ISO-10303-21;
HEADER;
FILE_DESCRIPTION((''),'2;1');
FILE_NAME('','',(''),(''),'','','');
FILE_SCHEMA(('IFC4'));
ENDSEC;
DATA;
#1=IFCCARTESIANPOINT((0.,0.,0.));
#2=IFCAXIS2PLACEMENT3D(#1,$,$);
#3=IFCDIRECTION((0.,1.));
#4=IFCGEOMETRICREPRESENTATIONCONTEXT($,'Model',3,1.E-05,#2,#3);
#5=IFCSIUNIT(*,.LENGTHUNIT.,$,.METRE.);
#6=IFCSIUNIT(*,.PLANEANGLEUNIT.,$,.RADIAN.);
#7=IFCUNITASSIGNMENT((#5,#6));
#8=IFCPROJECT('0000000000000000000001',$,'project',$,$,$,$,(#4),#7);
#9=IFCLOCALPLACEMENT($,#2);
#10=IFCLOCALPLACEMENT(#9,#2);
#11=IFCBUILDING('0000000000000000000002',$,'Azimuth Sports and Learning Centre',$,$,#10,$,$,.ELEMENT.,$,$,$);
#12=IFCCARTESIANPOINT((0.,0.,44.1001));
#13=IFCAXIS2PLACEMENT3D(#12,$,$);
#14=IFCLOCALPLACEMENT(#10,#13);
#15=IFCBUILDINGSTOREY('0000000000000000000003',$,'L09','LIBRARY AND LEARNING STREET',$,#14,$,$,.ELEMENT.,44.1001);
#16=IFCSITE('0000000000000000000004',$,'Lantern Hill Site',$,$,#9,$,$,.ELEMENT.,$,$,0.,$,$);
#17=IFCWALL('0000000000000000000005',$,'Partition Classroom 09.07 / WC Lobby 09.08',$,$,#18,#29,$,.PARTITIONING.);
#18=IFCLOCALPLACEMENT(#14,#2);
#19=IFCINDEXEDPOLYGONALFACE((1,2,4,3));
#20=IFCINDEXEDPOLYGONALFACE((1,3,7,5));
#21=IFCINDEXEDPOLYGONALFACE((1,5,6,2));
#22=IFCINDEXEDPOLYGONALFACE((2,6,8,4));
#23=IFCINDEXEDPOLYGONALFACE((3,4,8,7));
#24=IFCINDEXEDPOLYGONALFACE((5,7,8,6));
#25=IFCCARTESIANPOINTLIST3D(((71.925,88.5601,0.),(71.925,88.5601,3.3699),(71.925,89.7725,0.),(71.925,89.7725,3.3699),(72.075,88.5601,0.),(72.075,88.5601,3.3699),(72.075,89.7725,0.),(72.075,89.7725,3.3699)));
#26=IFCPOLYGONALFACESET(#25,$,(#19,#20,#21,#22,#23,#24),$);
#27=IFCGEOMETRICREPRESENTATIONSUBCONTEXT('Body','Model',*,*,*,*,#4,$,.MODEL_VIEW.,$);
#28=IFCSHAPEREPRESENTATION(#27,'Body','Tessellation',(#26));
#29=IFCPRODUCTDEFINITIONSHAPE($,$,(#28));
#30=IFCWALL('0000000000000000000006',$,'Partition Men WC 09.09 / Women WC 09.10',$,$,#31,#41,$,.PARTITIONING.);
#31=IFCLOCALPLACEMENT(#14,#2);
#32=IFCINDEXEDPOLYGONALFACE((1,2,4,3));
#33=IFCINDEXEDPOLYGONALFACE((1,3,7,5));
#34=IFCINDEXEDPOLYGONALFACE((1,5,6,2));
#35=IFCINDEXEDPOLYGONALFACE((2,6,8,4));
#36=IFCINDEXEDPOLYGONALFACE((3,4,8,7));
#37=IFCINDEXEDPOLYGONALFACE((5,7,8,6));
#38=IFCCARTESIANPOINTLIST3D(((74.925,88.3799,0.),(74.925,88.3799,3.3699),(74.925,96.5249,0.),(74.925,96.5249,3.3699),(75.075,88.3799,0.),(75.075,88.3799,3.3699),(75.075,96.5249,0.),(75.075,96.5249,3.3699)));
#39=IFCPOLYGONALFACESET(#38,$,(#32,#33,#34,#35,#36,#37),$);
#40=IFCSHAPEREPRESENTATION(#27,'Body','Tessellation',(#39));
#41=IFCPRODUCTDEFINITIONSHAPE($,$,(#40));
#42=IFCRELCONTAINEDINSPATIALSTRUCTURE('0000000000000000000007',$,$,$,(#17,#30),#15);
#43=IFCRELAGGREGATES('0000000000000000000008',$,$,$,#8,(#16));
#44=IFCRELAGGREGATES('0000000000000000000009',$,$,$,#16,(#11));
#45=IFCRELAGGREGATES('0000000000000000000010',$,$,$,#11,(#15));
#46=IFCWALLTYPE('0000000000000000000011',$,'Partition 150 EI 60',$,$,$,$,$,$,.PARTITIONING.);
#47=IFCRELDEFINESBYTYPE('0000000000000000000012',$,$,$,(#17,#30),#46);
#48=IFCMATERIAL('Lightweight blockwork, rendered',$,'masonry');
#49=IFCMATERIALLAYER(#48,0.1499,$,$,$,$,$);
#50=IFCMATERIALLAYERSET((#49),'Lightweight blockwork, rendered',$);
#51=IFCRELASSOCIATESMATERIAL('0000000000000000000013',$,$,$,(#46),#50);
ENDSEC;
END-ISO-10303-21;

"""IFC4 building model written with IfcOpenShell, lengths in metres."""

from ifc_helpers import new_model, si_unit, direction, frame, frame_2d, origin, place, context, subcontext, project, spatial, rectangle, extrude, material, layer, layer_set, type_object, element, save


model = new_model("IFC4")

# Units and contexts
model_context = context("Model", 3, precision=1e-05, world=origin(), true_north=direction((0.0, 1.0)))
body_context = subcontext(model_context, "Body", "Model", "MODEL_VIEW")
ifc_project = project(units=[si_unit("LENGTHUNIT", "METRE"), si_unit("PLANEANGLEUNIT", "RADIAN")], contexts=[model_context])

# Site, building, storey
site_placement = place(None, origin())
site = spatial("IfcSite", under=ifc_project, at=site_placement, Name="Lantern Hill Site", CompositionType="ELEMENT", RefElevation=0.0)
building_placement = place(site_placement, origin())
building = spatial("IfcBuilding", under=site, at=building_placement, Name="Azimuth Sports and Learning Centre", CompositionType="ELEMENT")
storey_placement = place(building_placement, frame((0.0, 0.0, 44.1001)))
storey = spatial("IfcBuildingStorey", under=building, at=storey_placement, Name="L09", Description="LIBRARY AND LEARNING STREET", CompositionType="ELEMENT", Elevation=44.1001)

# Walls
ifc_material_1 = material(Name="Lightweight blockwork, rendered", Category="masonry")
ifc_layer_1 = layer(ifc_material_1, 0.1499)
ifc_layer_set_1 = layer_set([ifc_layer_1], Name="Lightweight blockwork, rendered")
wall_type = type_object("IfcWallType", Name="Partition 150 EI 60", PredefinedType="PARTITIONING", material=ifc_layer_set_1)
wall_1_placement = place(storey_placement, frame((72.0, 88.5601, 0.0), z_axis=(0.0, 0.0, 1.0), x_axis=(0.0, 1.0, 0.0)))
element("IfcWall", 1, at=wall_1_placement, inside=storey, type_object=wall_type, Name="Partition Classroom 09.07 / WC Lobby 09.08", PredefinedType="PARTITIONING", context=body_context, shape_type="SweptSolid", body=[
    extrude(rectangle(XDim=1.2124, YDim=0.1499, at=frame_2d((0.6062, 0.0))), origin(), (0.0, 0.0, 1.0), 3.3699),
])
wall_2_placement = place(storey_placement, frame((75.0, 88.3799, 0.0), z_axis=(0.0, 0.0, 1.0), x_axis=(0.0, 1.0, 0.0)))
element("IfcWall", 2, at=wall_2_placement, inside=storey, type_object=wall_type, Name="Partition Men WC 09.09 / Women WC 09.10", PredefinedType="PARTITIONING", context=body_context, shape_type="SweptSolid", body=[
    extrude(rectangle(XDim=8.145, YDim=0.1499, at=frame_2d((4.0725, 0.0))), origin(), (0.0, 0.0, 1.0), 3.3699),
])

save(model, "model.ifc")
